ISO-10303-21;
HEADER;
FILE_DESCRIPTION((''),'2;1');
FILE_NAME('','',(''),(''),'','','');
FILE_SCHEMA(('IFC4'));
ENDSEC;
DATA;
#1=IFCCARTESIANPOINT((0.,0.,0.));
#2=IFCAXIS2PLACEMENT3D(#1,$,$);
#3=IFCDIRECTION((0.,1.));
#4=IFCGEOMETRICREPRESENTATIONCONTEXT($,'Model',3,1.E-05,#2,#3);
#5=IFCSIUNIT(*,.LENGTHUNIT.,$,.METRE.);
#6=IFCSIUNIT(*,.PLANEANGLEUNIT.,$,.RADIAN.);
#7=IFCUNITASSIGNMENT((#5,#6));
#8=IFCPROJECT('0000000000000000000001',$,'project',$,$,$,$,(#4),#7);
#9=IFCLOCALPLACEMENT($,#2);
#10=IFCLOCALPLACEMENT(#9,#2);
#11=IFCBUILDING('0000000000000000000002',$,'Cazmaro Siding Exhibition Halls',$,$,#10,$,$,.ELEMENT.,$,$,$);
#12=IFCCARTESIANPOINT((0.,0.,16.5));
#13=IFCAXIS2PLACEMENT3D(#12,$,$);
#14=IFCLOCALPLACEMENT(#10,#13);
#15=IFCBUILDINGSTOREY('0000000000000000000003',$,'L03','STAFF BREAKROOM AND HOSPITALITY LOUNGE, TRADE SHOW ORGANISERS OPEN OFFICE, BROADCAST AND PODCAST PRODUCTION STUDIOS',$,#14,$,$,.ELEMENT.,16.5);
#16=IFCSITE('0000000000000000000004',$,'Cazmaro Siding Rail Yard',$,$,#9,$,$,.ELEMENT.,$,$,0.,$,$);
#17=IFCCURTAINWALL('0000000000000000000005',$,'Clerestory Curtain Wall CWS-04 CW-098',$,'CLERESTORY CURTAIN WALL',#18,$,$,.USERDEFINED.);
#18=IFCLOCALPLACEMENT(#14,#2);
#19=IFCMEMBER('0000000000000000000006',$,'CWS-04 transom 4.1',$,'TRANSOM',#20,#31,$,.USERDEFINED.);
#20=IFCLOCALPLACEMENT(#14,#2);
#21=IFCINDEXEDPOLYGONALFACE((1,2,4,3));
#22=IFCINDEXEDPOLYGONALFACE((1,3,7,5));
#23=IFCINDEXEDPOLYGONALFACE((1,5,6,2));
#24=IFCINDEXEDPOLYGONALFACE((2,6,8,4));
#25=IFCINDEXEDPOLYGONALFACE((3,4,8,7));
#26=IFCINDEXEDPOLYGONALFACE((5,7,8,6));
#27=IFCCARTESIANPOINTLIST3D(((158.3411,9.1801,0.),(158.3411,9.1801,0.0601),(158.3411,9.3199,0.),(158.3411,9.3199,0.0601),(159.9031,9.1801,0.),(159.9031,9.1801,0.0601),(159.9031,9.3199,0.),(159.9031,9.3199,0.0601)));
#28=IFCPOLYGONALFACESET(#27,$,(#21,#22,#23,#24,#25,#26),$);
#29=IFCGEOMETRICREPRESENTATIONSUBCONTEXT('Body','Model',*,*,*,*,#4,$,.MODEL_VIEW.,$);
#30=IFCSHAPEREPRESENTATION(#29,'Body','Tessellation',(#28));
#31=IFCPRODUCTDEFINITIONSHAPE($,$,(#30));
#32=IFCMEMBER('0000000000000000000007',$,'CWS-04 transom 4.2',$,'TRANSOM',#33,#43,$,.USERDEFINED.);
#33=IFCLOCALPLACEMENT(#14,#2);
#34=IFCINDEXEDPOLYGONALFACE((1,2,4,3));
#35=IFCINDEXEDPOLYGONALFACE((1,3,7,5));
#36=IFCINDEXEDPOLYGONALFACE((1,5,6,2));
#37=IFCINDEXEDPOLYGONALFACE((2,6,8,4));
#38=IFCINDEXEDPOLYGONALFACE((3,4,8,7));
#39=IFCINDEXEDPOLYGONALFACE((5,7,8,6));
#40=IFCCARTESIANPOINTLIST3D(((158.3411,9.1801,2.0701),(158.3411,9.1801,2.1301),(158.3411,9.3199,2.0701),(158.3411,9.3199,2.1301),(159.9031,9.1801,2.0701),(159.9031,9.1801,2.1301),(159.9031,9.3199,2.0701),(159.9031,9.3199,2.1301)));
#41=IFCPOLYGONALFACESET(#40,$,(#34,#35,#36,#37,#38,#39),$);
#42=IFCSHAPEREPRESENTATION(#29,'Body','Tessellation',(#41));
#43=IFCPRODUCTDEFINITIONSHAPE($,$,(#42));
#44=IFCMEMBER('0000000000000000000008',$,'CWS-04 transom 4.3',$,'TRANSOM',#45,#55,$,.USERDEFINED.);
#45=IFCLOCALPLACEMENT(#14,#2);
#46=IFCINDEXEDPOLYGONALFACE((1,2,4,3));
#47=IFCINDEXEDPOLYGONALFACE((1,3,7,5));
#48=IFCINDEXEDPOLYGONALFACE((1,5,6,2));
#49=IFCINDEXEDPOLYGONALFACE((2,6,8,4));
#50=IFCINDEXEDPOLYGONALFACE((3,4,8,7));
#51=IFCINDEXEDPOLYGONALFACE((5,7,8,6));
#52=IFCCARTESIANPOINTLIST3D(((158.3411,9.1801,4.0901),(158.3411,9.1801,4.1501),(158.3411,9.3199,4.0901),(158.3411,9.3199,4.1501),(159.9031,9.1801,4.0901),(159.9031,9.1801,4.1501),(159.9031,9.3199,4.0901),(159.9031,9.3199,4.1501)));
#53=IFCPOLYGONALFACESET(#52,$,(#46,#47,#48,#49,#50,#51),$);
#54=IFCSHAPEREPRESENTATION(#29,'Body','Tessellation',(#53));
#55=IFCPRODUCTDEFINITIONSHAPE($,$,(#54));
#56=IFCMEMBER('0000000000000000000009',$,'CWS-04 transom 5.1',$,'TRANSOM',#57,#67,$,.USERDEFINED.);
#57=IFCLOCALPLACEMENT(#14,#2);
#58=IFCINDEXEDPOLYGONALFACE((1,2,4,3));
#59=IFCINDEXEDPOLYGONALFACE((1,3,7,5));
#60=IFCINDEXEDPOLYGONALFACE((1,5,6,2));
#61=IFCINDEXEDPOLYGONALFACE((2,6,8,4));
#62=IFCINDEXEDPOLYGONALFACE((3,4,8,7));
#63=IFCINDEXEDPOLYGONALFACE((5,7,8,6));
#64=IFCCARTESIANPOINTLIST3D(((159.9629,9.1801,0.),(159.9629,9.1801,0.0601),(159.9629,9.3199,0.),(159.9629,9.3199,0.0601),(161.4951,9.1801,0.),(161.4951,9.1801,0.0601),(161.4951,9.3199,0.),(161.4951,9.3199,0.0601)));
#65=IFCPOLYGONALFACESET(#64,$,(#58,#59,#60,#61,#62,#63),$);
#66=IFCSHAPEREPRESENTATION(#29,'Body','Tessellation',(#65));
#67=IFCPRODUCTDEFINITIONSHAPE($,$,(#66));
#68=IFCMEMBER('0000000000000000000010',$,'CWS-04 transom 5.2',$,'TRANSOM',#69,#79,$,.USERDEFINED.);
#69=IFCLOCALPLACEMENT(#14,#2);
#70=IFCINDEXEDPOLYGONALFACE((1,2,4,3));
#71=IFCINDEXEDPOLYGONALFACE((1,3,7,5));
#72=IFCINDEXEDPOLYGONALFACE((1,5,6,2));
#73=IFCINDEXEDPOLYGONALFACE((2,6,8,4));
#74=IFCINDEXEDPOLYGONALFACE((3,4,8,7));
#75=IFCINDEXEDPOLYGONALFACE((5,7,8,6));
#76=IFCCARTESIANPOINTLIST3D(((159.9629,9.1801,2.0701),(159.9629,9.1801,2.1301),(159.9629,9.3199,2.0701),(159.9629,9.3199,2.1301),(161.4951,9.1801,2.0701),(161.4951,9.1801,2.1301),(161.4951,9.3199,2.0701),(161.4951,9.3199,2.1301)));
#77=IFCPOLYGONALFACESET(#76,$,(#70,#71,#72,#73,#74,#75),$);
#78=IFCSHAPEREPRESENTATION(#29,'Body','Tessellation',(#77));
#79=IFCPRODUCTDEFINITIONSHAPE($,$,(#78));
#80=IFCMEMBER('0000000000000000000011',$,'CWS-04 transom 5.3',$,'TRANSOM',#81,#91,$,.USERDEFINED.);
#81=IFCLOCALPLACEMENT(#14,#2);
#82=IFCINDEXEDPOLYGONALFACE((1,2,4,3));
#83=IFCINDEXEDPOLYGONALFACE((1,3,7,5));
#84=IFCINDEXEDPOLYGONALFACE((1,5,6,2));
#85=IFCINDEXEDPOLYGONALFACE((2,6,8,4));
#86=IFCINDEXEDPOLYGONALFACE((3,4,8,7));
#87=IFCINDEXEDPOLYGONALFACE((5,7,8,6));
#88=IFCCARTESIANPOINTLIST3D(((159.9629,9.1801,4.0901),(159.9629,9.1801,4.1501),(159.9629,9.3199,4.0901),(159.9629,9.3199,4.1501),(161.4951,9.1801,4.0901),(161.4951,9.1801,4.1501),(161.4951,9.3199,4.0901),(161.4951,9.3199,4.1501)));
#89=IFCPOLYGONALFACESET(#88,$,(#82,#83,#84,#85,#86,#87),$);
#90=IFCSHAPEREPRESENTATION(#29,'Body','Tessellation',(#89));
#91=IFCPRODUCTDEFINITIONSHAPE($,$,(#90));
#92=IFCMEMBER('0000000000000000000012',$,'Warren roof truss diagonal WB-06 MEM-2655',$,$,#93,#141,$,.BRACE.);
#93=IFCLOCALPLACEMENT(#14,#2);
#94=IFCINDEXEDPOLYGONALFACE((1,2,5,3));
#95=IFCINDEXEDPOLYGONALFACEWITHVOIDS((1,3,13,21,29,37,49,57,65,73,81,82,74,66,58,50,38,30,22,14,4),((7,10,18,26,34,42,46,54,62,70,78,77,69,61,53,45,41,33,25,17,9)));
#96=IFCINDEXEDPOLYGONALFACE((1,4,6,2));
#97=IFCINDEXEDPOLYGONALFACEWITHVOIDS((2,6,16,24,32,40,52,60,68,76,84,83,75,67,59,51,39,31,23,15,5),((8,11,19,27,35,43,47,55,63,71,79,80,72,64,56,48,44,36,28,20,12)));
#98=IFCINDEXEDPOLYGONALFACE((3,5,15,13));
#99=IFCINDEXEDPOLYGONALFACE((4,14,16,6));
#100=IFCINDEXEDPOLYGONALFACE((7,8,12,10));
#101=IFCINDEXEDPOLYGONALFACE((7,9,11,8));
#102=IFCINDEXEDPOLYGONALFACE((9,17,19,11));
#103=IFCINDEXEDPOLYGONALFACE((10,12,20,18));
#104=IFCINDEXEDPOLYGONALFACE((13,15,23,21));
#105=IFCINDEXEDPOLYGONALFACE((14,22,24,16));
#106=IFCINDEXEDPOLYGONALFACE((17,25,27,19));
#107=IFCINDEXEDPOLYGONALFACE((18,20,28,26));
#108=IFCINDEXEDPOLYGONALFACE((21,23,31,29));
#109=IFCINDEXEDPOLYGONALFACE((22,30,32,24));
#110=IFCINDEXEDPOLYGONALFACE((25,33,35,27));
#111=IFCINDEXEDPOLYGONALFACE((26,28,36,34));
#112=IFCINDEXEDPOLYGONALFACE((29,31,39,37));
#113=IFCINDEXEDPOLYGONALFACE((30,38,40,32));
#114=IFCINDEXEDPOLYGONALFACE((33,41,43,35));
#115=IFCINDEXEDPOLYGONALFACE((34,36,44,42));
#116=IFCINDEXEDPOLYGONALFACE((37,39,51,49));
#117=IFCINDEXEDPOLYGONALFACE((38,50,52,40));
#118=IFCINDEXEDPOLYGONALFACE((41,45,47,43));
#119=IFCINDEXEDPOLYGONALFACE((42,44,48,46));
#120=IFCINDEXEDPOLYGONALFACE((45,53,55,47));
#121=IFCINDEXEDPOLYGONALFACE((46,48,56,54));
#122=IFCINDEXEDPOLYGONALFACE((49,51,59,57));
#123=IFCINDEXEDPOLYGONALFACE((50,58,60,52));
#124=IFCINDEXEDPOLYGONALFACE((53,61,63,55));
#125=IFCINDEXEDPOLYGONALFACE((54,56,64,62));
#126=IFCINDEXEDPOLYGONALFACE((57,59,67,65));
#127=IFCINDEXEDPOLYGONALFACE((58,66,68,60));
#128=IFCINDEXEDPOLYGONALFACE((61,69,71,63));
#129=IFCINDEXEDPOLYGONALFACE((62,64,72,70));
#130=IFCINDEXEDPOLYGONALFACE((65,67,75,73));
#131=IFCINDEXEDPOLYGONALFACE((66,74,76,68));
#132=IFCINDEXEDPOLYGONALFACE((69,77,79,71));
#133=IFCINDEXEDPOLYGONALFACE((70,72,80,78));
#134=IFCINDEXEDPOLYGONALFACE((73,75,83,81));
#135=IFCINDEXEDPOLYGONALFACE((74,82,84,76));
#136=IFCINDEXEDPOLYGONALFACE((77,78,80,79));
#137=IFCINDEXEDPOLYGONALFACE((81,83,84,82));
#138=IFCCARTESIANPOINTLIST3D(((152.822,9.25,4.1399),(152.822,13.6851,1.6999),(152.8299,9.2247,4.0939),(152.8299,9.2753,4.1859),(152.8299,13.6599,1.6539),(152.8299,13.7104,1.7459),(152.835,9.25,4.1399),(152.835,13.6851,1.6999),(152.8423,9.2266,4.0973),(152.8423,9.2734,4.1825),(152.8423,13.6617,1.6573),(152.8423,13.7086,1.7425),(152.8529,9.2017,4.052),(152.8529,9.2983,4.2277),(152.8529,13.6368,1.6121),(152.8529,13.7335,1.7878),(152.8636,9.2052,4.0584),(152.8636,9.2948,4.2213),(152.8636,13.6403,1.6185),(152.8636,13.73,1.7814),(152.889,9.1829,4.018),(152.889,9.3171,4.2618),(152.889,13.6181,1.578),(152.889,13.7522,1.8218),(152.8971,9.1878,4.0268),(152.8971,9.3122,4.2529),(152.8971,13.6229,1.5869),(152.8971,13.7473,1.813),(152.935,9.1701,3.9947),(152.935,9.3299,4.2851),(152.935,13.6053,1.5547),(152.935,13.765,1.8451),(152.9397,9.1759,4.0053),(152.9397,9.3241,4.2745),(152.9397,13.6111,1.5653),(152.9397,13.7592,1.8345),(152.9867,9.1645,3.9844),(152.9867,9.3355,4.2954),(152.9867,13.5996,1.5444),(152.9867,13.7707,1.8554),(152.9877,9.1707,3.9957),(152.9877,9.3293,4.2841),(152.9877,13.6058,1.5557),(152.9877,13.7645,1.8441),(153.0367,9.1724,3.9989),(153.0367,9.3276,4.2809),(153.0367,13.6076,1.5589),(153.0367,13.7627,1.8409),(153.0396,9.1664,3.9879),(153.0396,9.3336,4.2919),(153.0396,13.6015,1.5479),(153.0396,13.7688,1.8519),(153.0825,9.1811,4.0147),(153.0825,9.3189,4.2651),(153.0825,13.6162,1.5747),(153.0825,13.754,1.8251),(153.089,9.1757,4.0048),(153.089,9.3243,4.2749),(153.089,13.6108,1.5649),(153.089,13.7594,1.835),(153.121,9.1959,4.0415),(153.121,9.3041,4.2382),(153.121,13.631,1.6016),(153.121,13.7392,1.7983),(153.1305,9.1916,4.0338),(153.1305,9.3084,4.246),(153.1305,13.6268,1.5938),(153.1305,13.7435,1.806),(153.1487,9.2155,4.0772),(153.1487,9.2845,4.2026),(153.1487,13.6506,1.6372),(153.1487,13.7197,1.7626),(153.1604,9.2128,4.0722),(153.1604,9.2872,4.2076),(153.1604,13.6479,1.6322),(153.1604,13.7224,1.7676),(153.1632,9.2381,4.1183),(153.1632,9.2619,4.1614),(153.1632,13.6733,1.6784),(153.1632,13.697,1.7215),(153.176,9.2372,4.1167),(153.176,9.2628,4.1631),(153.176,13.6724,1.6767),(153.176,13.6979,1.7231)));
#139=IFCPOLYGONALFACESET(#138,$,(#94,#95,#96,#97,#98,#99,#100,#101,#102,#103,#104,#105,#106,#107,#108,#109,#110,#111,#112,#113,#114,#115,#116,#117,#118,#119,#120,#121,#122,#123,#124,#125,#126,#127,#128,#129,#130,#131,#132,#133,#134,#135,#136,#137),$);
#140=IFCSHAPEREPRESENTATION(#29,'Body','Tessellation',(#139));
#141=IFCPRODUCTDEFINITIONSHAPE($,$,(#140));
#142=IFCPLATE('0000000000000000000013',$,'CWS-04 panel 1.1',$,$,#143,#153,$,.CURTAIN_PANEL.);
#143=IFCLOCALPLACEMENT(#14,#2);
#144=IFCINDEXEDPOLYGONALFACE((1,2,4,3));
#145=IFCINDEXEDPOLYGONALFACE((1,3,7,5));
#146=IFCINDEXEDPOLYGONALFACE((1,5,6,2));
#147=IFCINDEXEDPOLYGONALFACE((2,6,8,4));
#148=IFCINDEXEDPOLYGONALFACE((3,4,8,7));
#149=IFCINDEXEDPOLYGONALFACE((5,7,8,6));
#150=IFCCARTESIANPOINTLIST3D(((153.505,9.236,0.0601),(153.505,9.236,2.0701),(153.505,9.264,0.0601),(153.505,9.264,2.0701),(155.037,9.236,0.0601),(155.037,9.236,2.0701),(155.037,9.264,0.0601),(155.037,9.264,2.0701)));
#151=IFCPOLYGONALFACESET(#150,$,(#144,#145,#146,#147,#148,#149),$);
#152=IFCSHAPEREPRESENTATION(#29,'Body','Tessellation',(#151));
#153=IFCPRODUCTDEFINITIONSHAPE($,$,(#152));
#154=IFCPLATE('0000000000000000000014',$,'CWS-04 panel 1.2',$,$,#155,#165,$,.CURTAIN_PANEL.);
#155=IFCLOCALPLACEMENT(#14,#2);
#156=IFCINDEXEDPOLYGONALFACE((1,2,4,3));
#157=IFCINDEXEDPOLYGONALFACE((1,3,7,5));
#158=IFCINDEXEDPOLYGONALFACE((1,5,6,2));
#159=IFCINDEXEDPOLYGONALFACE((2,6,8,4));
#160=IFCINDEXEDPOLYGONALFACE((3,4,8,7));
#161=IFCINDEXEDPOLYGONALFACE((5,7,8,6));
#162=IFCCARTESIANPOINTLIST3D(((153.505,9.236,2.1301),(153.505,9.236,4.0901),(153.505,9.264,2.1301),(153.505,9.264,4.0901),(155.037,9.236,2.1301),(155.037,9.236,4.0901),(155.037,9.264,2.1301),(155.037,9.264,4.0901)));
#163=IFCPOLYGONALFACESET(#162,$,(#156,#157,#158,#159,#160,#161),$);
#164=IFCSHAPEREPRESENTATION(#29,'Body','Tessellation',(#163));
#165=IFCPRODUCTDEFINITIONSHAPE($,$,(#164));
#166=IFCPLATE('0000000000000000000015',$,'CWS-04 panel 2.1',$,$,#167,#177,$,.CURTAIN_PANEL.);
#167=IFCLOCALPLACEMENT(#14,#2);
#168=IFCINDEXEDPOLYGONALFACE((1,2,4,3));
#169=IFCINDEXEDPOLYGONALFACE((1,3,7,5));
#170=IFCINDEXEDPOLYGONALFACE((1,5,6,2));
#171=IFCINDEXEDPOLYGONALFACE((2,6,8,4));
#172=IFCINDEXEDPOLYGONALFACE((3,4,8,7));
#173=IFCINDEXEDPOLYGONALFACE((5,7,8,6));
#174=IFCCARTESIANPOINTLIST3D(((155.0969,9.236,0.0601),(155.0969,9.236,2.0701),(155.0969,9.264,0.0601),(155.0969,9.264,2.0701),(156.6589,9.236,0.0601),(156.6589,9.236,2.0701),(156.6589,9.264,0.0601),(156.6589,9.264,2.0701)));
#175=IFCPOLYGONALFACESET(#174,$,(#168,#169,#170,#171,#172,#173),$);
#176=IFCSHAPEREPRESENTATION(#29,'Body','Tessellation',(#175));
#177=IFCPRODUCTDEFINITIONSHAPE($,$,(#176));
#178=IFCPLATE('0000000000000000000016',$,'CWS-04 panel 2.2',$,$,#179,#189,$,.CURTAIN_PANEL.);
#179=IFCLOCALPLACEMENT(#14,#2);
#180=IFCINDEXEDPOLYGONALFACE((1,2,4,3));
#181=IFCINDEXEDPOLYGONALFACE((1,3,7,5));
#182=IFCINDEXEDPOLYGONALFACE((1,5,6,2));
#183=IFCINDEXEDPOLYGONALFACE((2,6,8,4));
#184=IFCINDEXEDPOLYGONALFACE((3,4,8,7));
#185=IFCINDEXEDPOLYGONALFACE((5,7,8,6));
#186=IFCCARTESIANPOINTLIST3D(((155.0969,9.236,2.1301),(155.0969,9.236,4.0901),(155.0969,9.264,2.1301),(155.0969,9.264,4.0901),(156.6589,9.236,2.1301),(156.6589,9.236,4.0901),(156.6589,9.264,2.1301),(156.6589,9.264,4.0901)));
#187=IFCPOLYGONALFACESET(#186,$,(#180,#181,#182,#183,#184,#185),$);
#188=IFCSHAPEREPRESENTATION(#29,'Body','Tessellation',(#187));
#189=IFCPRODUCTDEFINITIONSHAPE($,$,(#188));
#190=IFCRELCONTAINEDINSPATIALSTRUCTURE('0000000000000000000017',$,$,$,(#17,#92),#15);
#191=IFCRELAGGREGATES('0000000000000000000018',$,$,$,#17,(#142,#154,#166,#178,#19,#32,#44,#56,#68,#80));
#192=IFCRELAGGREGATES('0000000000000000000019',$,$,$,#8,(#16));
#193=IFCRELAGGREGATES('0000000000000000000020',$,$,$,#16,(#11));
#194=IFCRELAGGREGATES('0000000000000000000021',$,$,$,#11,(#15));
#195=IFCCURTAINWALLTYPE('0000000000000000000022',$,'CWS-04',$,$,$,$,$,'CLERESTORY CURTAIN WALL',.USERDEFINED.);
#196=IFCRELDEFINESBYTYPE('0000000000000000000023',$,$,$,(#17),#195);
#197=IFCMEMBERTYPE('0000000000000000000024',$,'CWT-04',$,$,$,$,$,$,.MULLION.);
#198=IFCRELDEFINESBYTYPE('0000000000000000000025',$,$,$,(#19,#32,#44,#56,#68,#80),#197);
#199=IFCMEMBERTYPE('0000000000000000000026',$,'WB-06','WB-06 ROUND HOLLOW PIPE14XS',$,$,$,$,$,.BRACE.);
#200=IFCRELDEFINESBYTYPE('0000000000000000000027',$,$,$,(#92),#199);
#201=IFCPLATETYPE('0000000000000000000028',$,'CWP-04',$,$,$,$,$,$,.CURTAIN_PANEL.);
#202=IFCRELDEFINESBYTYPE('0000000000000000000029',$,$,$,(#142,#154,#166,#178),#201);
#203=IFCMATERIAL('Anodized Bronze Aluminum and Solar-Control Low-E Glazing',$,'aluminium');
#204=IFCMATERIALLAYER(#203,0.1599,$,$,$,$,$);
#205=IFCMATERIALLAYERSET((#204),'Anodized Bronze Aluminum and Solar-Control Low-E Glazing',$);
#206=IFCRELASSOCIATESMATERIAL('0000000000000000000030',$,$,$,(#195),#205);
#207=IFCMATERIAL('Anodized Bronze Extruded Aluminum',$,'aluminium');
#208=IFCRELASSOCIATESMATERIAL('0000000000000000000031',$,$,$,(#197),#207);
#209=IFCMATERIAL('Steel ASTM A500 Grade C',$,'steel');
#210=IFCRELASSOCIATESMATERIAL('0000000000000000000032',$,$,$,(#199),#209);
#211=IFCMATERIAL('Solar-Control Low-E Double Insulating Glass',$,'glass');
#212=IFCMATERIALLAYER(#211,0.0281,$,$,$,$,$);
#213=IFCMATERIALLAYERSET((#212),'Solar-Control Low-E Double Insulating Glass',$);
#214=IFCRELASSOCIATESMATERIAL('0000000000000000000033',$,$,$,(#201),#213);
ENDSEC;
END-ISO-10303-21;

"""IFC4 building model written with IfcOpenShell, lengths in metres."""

from ifc_helpers import new_model, si_unit, direction, frame, origin, origin_2d, place, context, subcontext, project, spatial, rectangle, hollow_circle, extrude, material, layer, layer_set, material_profile, profile_set, type_object, element, aggregate, save


model = new_model("IFC4")

# Units and contexts
model_context = context("Model", 3, precision=1e-05, world=origin(), true_north=direction((0.0, 1.0)))
body_context = subcontext(model_context, "Body", "Model", "MODEL_VIEW")
ifc_project = project(units=[si_unit("LENGTHUNIT", "METRE"), si_unit("PLANEANGLEUNIT", "RADIAN")], contexts=[model_context])

# Site, building, storey
site_placement = place(None, origin())
site = spatial("IfcSite", under=ifc_project, at=site_placement, Name="Cazmaro Siding Rail Yard", CompositionType="ELEMENT", RefElevation=0.0)
building_placement = place(site_placement, origin())
building = spatial("IfcBuilding", under=site, at=building_placement, Name="Cazmaro Siding Exhibition Halls", CompositionType="ELEMENT")
storey_placement = place(building_placement, frame((0.0, 0.0, 16.5)))
storey = spatial("IfcBuildingStorey", under=building, at=storey_placement, Name="L03", Description="STAFF BREAKROOM AND HOSPITALITY LOUNGE, TRADE SHOW ORGANISERS OPEN OFFICE, BROADCAST AND PODCAST PRODUCTION STUDIOS", CompositionType="ELEMENT", Elevation=16.5)

# Curtain wall, members
ifc_material_1 = material(Name="Anodized Bronze Aluminum and Solar-Control Low-E Glazing", Category="aluminium")
ifc_layer_1 = layer(ifc_material_1, 0.1599)
ifc_layer_set_1 = layer_set([ifc_layer_1], Name="Anodized Bronze Aluminum and Solar-Control Low-E Glazing")
curtain_wall_type = type_object("IfcCurtainWallType", Name="CWS-04", ElementType="CLERESTORY CURTAIN WALL", PredefinedType="USERDEFINED", material=ifc_layer_set_1)
curtain_wall_placement = place(storey_placement, origin())
curtain_wall = element("IfcCurtainWall", 1, at=curtain_wall_placement, inside=storey, type_object=curtain_wall_type, Name="Clerestory Curtain Wall CWS-04 CW-098", ObjectType="CLERESTORY CURTAIN WALL", PredefinedType="USERDEFINED")
ifc_material_2 = material(Name="Anodized Bronze Extruded Aluminum", Category="aluminium")
ifc_material_profile_1 = material_profile(ifc_material_2, rectangle(XDim=0.1399, YDim=0.0601, at=origin_2d()), Name="CWT-04")
ifc_profile_set_1 = profile_set([ifc_material_profile_1], Name="Anodized Bronze Extruded Aluminum")
member_type_1 = type_object("IfcMemberType", Name="CWT-04", PredefinedType="MULLION", material=ifc_profile_set_1)
member_1_placement = place(storey_placement, frame((158.3411, 9.25, 0.03), z_axis=(1.0, 0.0, 0.0), x_axis=(0.0, 1.0, 0.0)))
member_1 = element("IfcMember", 2, at=member_1_placement, type_object=member_type_1, Name="CWS-04 transom 4.1", ObjectType="TRANSOM", PredefinedType="USERDEFINED", context=body_context, shape_type="SweptSolid", body=[
    extrude(rectangle(XDim=0.1399, YDim=0.0601, at=origin_2d()), origin(), (0.0, 0.0, 1.0), 1.562),
])
member_2_placement = place(storey_placement, frame((158.3411, 9.25, 2.1001), z_axis=(1.0, 0.0, 0.0), x_axis=(0.0, 1.0, 0.0)))
member_2 = element("IfcMember", 3, at=member_2_placement, type_object=member_type_1, Name="CWS-04 transom 4.2", ObjectType="TRANSOM", PredefinedType="USERDEFINED", context=body_context, shape_type="SweptSolid", body=[
    extrude(rectangle(XDim=0.1399, YDim=0.0601, at=origin_2d()), origin(), (0.0, 0.0, 1.0), 1.562),
])
member_3_placement = place(storey_placement, frame((158.3411, 9.25, 4.1201), z_axis=(1.0, 0.0, 0.0), x_axis=(0.0, 1.0, 0.0)))
member_3 = element("IfcMember", 4, at=member_3_placement, type_object=member_type_1, Name="CWS-04 transom 4.3", ObjectType="TRANSOM", PredefinedType="USERDEFINED", context=body_context, shape_type="SweptSolid", body=[
    extrude(rectangle(XDim=0.1399, YDim=0.0601, at=origin_2d()), origin(), (0.0, 0.0, 1.0), 1.562),
])
member_4_placement = place(storey_placement, frame((159.9629, 9.25, 0.03), z_axis=(1.0, 0.0, 0.0), x_axis=(0.0, 1.0, 0.0)))
member_4 = element("IfcMember", 5, at=member_4_placement, type_object=member_type_1, Name="CWS-04 transom 5.1", ObjectType="TRANSOM", PredefinedType="USERDEFINED", context=body_context, shape_type="SweptSolid", body=[
    extrude(rectangle(XDim=0.1399, YDim=0.0601, at=origin_2d()), origin(), (0.0, 0.0, 1.0), 1.5322),
])
member_5_placement = place(storey_placement, frame((159.9629, 9.25, 2.1001), z_axis=(1.0, 0.0, 0.0), x_axis=(0.0, 1.0, 0.0)))
member_5 = element("IfcMember", 6, at=member_5_placement, type_object=member_type_1, Name="CWS-04 transom 5.2", ObjectType="TRANSOM", PredefinedType="USERDEFINED", context=body_context, shape_type="SweptSolid", body=[
    extrude(rectangle(XDim=0.1399, YDim=0.0601, at=origin_2d()), origin(), (0.0, 0.0, 1.0), 1.5322),
])
member_6_placement = place(storey_placement, frame((159.9629, 9.25, 4.1201), z_axis=(1.0, 0.0, 0.0), x_axis=(0.0, 1.0, 0.0)))
member_6 = element("IfcMember", 7, at=member_6_placement, type_object=member_type_1, Name="CWS-04 transom 5.3", ObjectType="TRANSOM", PredefinedType="USERDEFINED", context=body_context, shape_type="SweptSolid", body=[
    extrude(rectangle(XDim=0.1399, YDim=0.0601, at=origin_2d()), origin(), (0.0, 0.0, 1.0), 1.5322),
])

# Member
ifc_material_3 = material(Name="Steel ASTM A500 Grade C", Category="steel")
ifc_material_profile_2 = material_profile(ifc_material_3, hollow_circle(Radius=0.178, WallThickness=0.0129, at=origin_2d()), Name="PIPE14XS")
ifc_profile_set_2 = profile_set([ifc_material_profile_2], Name="Steel ASTM A500 Grade C")
member_type_2 = type_object("IfcMemberType", Name="WB-06", Description="WB-06 ROUND HOLLOW PIPE14XS", PredefinedType="BRACE", material=ifc_profile_set_2)
member_7_placement = place(storey_placement, frame((153.0, 9.25, 4.1399), z_axis=(0.0, 0.876161, -0.482019), x_axis=(-1.0, 0.0, 0.0)))
element("IfcMember", 8, at=member_7_placement, inside=storey, type_object=member_type_2, Name="Warren roof truss diagonal WB-06 MEM-2655", PredefinedType="BRACE", context=body_context, shape_type="SweptSolid", body=[
    extrude(hollow_circle(Radius=0.178, WallThickness=0.0129, at=origin_2d()), origin(), (0.0, 0.0, 1.0), 5.062),
])

# Plates
ifc_material_4 = material(Name="Solar-Control Low-E Double Insulating Glass", Category="glass")
ifc_layer_2 = layer(ifc_material_4, 0.0281)
ifc_layer_set_2 = layer_set([ifc_layer_2], Name="Solar-Control Low-E Double Insulating Glass")
plate_type = type_object("IfcPlateType", Name="CWP-04", PredefinedType="CURTAIN_PANEL", material=ifc_layer_set_2)
plate_1_placement = place(storey_placement, frame((154.271, 9.25, 0.0601), z_axis=(0.0, 0.0, 1.0), x_axis=(1.0, 0.0, 0.0)))
plate_1 = element("IfcPlate", 9, at=plate_1_placement, type_object=plate_type, Name="CWS-04 panel 1.1", PredefinedType="CURTAIN_PANEL", context=body_context, shape_type="SweptSolid", body=[
    extrude(rectangle(XDim=1.532, YDim=0.0281, at=origin_2d()), origin(), (0.0, 0.0, 1.0), 2.01),
])
plate_2_placement = place(storey_placement, frame((154.271, 9.25, 2.1301), z_axis=(0.0, 0.0, 1.0), x_axis=(1.0, 0.0, 0.0)))
plate_2 = element("IfcPlate", 10, at=plate_2_placement, type_object=plate_type, Name="CWS-04 panel 1.2", PredefinedType="CURTAIN_PANEL", context=body_context, shape_type="SweptSolid", body=[
    extrude(rectangle(XDim=1.532, YDim=0.0281, at=origin_2d()), origin(), (0.0, 0.0, 1.0), 1.96),
])
plate_3_placement = place(storey_placement, frame((155.8779, 9.25, 0.0601), z_axis=(0.0, 0.0, 1.0), x_axis=(1.0, 0.0, 0.0)))
plate_3 = element("IfcPlate", 11, at=plate_3_placement, type_object=plate_type, Name="CWS-04 panel 2.1", PredefinedType="CURTAIN_PANEL", context=body_context, shape_type="SweptSolid", body=[
    extrude(rectangle(XDim=1.562, YDim=0.0281, at=origin_2d()), origin(), (0.0, 0.0, 1.0), 2.01),
])
plate_4_placement = place(storey_placement, frame((155.8779, 9.25, 2.1301), z_axis=(0.0, 0.0, 1.0), x_axis=(1.0, 0.0, 0.0)))
plate_4 = element("IfcPlate", 12, at=plate_4_placement, type_object=plate_type, Name="CWS-04 panel 2.2", PredefinedType="CURTAIN_PANEL", context=body_context, shape_type="SweptSolid", body=[
    extrude(rectangle(XDim=1.562, YDim=0.0281, at=origin_2d()), origin(), (0.0, 0.0, 1.0), 1.96),
])
aggregate(curtain_wall, [plate_1, plate_2, plate_3, plate_4, member_1, member_2, member_3, member_4, member_5, member_6])

save(model, "model.ifc")
